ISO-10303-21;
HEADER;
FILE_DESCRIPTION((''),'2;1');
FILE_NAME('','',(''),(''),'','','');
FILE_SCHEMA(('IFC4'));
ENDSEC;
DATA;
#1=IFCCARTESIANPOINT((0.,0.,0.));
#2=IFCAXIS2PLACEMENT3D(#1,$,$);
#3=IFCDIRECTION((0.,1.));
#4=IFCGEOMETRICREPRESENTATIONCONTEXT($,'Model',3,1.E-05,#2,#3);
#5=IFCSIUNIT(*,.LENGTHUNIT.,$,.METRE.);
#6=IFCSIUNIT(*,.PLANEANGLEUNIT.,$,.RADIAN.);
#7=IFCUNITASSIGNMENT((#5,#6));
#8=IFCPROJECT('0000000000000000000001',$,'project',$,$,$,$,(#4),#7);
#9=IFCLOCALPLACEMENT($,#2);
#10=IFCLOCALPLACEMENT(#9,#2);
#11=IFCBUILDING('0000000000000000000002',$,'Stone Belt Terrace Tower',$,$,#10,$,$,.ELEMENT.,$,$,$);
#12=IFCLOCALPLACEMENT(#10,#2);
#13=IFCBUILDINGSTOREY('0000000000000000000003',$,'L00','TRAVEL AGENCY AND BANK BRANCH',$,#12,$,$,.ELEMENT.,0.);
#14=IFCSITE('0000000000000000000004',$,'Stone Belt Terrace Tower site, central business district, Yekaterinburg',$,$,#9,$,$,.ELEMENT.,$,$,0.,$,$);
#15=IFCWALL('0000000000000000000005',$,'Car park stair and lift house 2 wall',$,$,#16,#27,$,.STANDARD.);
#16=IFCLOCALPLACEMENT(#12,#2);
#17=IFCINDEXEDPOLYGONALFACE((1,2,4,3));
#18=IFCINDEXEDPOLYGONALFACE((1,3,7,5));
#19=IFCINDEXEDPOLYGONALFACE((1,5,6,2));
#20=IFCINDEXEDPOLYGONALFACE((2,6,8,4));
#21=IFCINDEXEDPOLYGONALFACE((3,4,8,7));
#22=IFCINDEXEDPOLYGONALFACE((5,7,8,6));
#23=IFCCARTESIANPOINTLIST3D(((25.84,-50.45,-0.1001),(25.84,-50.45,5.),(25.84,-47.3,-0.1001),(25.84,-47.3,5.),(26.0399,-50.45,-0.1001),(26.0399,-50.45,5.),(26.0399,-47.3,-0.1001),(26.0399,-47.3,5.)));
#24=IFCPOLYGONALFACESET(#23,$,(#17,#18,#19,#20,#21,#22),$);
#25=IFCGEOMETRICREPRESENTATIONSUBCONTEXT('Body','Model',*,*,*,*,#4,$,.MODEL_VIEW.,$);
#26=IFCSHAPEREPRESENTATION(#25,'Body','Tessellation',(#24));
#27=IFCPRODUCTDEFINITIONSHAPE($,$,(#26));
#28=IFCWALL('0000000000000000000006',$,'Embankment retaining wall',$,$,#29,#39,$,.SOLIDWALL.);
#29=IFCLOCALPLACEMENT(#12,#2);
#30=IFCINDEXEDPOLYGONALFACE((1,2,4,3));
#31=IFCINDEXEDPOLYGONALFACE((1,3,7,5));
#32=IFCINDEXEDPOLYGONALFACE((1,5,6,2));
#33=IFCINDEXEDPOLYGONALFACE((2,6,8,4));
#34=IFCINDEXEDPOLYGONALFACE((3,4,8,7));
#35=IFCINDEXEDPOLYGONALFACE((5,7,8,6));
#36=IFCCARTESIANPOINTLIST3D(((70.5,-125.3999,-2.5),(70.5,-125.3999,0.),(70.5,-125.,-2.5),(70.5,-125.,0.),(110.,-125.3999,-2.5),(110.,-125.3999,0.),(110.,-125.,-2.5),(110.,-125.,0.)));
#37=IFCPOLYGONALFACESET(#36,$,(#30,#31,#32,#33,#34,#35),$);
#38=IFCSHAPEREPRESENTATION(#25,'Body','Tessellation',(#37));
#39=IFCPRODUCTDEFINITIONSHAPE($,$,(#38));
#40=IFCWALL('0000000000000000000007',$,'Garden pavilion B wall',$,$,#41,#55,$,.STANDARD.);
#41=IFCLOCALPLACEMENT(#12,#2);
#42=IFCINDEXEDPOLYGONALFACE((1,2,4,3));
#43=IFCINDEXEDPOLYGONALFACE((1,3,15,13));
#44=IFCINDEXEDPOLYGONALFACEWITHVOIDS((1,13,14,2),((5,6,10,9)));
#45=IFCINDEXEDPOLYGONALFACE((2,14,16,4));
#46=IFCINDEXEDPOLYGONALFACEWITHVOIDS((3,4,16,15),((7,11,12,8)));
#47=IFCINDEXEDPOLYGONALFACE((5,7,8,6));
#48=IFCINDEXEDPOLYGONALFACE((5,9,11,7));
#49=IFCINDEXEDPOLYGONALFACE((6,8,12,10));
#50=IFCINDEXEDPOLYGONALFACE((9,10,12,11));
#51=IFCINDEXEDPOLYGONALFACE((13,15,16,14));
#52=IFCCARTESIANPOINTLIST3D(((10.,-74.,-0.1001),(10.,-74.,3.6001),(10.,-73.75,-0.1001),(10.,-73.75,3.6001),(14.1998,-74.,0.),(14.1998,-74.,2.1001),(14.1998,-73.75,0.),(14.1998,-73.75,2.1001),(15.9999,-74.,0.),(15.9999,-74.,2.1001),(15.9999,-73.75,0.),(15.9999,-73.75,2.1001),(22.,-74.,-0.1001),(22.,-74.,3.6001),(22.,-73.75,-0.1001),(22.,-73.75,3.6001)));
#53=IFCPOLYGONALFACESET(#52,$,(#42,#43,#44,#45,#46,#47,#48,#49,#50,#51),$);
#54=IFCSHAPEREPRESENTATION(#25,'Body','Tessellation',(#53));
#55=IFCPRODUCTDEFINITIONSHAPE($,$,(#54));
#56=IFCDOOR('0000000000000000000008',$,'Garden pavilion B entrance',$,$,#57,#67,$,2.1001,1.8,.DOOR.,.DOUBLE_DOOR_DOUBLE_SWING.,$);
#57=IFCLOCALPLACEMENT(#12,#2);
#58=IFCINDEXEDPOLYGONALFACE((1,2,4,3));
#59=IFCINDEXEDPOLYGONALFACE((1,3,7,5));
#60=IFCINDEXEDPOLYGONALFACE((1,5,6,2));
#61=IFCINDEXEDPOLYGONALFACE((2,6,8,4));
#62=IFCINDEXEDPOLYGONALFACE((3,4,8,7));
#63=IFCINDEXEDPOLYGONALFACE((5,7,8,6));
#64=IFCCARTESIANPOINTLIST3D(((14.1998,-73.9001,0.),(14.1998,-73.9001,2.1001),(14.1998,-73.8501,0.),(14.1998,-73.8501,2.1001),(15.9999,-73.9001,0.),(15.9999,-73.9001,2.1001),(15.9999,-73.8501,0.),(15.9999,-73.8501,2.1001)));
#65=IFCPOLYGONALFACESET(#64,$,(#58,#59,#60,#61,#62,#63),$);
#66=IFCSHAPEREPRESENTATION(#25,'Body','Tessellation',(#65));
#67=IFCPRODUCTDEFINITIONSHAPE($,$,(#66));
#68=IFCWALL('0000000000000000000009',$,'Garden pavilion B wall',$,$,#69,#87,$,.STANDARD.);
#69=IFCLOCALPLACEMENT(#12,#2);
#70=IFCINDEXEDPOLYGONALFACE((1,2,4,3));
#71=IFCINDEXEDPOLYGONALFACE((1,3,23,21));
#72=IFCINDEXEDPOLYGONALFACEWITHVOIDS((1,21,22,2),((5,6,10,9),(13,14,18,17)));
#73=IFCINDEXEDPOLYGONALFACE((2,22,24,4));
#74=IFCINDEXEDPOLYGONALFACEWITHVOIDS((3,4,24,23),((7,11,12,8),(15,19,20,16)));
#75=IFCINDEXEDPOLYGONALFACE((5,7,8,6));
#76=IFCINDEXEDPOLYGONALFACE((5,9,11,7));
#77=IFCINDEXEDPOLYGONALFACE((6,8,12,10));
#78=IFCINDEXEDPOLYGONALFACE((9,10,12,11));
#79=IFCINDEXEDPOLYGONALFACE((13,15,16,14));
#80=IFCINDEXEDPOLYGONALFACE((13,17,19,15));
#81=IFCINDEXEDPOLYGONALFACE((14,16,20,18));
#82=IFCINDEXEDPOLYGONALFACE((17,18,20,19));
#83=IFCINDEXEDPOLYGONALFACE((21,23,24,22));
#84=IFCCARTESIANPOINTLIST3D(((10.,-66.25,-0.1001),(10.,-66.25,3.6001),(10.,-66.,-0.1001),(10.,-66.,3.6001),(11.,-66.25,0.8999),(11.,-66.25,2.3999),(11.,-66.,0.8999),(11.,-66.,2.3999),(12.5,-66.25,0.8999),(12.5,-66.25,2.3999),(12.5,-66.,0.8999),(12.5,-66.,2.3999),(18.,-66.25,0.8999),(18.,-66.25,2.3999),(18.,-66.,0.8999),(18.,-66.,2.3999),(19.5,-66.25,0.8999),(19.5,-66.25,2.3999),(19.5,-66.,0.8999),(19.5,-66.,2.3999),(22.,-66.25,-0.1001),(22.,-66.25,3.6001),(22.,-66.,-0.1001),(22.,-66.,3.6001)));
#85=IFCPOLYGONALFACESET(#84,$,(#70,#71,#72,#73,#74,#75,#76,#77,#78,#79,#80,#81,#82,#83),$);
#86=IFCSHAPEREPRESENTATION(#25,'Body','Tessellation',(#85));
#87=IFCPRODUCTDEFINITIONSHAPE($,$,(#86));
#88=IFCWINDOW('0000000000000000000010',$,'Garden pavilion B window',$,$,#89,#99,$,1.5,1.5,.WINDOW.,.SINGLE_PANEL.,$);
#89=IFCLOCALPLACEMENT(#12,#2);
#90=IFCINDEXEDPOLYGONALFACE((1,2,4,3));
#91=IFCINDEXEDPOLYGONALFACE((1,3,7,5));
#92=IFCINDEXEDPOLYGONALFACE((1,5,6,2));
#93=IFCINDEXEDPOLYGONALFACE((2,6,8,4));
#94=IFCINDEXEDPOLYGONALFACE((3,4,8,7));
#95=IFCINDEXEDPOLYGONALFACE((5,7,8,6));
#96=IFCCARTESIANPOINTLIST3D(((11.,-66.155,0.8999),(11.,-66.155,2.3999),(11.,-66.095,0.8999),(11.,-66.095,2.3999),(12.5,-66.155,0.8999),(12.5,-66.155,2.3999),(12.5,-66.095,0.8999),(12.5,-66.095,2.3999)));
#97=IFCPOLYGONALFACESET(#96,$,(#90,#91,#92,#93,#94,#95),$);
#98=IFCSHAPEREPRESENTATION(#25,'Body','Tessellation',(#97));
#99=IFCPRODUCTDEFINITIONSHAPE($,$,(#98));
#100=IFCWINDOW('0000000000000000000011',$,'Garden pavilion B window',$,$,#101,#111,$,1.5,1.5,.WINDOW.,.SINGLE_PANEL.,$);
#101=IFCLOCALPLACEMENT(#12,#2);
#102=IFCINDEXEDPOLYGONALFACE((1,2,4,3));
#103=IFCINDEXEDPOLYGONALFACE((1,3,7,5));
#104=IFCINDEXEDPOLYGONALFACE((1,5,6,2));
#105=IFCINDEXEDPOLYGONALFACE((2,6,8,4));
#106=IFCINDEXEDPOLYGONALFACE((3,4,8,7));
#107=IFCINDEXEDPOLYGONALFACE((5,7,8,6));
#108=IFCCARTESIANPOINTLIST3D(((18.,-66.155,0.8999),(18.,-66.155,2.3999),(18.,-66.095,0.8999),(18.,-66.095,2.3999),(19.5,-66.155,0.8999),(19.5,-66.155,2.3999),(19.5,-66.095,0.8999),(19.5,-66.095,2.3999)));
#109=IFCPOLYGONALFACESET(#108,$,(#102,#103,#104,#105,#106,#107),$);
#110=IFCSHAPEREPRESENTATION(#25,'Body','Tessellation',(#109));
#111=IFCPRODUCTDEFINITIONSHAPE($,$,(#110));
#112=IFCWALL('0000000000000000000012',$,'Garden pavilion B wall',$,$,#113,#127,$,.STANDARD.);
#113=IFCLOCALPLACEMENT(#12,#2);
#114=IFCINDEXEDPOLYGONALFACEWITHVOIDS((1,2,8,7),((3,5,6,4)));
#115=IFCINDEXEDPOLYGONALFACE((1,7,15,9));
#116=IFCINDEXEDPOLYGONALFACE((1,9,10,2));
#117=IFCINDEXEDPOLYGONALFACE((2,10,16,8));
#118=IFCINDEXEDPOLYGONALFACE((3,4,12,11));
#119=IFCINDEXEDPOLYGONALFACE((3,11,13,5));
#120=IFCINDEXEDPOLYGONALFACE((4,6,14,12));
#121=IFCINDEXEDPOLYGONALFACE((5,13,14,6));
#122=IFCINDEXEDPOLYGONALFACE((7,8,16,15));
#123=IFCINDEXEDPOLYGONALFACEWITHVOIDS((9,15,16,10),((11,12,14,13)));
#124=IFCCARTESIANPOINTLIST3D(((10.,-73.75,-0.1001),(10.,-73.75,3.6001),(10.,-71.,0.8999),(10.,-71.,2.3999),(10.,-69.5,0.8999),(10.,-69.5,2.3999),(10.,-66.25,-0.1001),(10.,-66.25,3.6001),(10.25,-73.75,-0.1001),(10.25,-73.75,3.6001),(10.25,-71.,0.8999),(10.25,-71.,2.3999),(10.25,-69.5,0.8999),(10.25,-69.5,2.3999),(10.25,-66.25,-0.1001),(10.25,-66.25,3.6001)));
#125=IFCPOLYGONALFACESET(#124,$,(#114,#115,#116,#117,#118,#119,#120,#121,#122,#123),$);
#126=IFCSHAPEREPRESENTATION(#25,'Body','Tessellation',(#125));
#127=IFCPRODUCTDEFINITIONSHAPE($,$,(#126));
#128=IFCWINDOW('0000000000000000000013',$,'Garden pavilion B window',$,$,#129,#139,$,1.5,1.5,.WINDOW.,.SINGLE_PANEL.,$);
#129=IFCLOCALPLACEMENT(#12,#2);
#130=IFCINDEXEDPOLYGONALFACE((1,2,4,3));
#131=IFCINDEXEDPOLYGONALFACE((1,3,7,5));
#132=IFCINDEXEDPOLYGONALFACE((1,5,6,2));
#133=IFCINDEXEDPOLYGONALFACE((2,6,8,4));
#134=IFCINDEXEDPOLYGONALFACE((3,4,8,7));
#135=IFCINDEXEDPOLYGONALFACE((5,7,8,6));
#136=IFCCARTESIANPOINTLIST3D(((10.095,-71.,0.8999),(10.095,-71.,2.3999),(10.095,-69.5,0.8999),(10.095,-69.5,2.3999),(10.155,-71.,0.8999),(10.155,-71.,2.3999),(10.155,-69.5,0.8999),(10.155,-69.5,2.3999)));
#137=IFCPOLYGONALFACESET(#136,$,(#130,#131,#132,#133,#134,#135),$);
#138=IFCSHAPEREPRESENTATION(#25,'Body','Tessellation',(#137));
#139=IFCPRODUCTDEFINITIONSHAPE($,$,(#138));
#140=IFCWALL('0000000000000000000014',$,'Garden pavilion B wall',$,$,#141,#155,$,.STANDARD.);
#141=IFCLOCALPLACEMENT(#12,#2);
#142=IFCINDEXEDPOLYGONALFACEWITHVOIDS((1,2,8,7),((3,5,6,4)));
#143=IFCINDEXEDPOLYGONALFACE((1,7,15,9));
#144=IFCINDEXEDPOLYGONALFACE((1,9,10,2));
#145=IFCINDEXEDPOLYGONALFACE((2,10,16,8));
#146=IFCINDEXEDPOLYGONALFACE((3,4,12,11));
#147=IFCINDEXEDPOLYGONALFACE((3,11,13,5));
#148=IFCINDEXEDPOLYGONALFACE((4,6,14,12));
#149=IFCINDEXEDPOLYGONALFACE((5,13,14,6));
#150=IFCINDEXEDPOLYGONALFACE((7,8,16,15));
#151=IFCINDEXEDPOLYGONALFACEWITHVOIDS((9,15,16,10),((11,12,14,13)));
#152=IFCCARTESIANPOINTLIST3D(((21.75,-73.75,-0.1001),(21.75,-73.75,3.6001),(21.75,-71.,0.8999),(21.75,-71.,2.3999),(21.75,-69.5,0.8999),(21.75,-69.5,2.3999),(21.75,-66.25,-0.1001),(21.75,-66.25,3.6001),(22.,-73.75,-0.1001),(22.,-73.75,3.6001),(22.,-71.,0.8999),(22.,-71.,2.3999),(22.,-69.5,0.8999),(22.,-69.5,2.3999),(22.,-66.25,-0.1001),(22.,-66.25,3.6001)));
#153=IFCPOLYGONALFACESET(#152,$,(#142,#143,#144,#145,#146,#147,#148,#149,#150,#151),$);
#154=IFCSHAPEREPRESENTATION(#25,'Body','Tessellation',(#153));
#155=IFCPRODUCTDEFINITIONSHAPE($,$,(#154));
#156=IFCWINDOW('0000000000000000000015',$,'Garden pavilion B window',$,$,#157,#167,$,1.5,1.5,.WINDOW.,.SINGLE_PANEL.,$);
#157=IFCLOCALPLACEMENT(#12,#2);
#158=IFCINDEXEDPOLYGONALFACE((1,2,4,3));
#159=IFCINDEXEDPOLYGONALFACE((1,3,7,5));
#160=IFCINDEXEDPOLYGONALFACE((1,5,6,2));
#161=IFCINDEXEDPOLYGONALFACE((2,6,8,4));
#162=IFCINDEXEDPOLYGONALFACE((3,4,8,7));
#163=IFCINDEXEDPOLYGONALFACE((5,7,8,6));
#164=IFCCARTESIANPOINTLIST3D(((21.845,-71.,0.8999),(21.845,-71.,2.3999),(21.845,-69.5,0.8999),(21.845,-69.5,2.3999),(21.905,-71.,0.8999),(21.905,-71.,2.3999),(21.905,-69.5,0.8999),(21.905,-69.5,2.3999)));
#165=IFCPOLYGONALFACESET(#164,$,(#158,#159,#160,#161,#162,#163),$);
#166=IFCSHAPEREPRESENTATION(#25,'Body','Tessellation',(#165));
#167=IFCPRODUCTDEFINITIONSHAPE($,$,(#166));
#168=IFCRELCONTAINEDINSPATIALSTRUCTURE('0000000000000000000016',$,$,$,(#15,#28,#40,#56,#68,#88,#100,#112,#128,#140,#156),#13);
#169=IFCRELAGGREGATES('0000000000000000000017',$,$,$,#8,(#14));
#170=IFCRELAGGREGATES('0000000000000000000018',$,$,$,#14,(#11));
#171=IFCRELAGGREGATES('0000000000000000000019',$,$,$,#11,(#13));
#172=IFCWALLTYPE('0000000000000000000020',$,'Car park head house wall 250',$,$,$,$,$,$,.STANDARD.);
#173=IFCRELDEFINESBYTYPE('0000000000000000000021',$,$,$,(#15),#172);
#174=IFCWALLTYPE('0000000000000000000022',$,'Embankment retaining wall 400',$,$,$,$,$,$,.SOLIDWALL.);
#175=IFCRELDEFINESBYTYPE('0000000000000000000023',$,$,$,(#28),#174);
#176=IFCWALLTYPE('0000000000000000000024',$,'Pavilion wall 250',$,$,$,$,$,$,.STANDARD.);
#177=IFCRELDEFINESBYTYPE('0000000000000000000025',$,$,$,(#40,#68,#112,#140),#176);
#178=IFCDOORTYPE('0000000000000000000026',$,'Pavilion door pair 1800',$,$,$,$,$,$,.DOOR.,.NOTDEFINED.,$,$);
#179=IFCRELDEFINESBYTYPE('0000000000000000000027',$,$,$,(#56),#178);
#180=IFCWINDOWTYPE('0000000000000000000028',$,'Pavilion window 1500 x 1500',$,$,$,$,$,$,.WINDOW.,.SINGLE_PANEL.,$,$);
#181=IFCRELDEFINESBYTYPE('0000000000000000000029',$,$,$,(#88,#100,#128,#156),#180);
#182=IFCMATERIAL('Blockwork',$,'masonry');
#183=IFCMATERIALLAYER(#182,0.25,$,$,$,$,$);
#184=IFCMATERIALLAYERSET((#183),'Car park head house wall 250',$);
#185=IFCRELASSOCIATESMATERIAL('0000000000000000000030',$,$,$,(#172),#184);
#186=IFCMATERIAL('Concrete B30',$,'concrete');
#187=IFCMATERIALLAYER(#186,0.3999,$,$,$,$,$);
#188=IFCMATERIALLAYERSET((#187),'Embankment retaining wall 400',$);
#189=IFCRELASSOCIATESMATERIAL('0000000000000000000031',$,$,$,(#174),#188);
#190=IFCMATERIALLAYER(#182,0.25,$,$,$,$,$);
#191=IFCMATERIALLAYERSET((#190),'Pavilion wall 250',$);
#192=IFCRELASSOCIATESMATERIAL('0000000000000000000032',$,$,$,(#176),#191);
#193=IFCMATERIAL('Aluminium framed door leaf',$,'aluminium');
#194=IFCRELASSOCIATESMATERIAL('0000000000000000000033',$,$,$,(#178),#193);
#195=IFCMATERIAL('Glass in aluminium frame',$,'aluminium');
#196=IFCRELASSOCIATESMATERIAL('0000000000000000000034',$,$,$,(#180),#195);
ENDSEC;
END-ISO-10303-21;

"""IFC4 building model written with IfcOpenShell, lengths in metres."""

from ifc_helpers import new_model, si_unit, direction, frame, frame_2d, origin, place, context, subcontext, project, spatial, rectangle, extrude, material, layer, layer_set, type_object, element, fill, save


model = new_model("IFC4")

# Units and contexts
model_context = context("Model", 3, precision=1e-05, world=origin(), true_north=direction((0.0, 1.0)))
body_context = subcontext(model_context, "Body", "Model", "MODEL_VIEW")
ifc_project = project(units=[si_unit("LENGTHUNIT", "METRE"), si_unit("PLANEANGLEUNIT", "RADIAN")], contexts=[model_context])

# Site, building, storey
site_placement = place(None, origin())
site = spatial("IfcSite", under=ifc_project, at=site_placement, Name="Stone Belt Terrace Tower site, central business district, Yekaterinburg", CompositionType="ELEMENT", RefElevation=0.0)
building_placement = place(site_placement, origin())
building = spatial("IfcBuilding", under=site, at=building_placement, Name="Stone Belt Terrace Tower", CompositionType="ELEMENT")
storey_placement = place(building_placement, origin())
storey = spatial("IfcBuildingStorey", under=building, at=storey_placement, Name="L00", Description="TRAVEL AGENCY AND BANK BRANCH", CompositionType="ELEMENT", Elevation=0.0)

# Shared definitions
ifc_material_1 = material(Name="Concrete B30", Category="concrete")

# Shared definitions
ifc_material_2 = material(Name="Blockwork", Category="masonry")
ifc_layer_1 = layer(ifc_material_2, 0.25)
ifc_layer_set_1 = layer_set([ifc_layer_1], Name="Car park head house wall 250")
wall_type_1 = type_object("IfcWallType", Name="Car park head house wall 250", PredefinedType="STANDARD", material=ifc_layer_set_1)
ifc_material_3 = material(Name="Glass in aluminium frame", Category="aluminium")

# Walls
wall_1_placement = place(storey_placement, frame((25.9399, -50.45, -0.1001), z_axis=(0.0, 0.0, 1.0), x_axis=(0.0, 1.0, 0.0)))
element("IfcWall", 1, at=wall_1_placement, inside=storey, type_object=wall_type_1, Name="Car park stair and lift house 2 wall", PredefinedType="STANDARD", context=body_context, shape_type="SweptSolid", body=[
    extrude(rectangle(XDim=3.1499, YDim=0.2, at=frame_2d((1.575, 0.0))), origin(), (0.0, 0.0, 1.0), 5.1001),
])
ifc_layer_2 = layer(ifc_material_1, 0.3999)
ifc_layer_set_2 = layer_set([ifc_layer_2], Name="Embankment retaining wall 400")
wall_type_2 = type_object("IfcWallType", Name="Embankment retaining wall 400", PredefinedType="SOLIDWALL", material=ifc_layer_set_2)
wall_2_placement = place(storey_placement, frame((70.5, -125.2, -2.5), z_axis=(0.0, 0.0, 1.0), x_axis=(1.0, 0.0, 0.0)))
element("IfcWall", 2, at=wall_2_placement, inside=storey, type_object=wall_type_2, Name="Embankment retaining wall", PredefinedType="SOLIDWALL", context=body_context, shape_type="SweptSolid", body=[
    extrude(rectangle(XDim=39.5, YDim=0.3999, at=frame_2d((19.75, 0.0))), origin(), (0.0, 0.0, 1.0), 2.5),
])

# Wall, opening, door
ifc_layer_3 = layer(ifc_material_2, 0.25)
ifc_layer_set_3 = layer_set([ifc_layer_3], Name="Pavilion wall 250")
wall_type_3 = type_object("IfcWallType", Name="Pavilion wall 250", PredefinedType="STANDARD", material=ifc_layer_set_3)
wall_3_placement = place(storey_placement, frame((10.0, -73.875, -0.1001), z_axis=(0.0, 0.0, 1.0), x_axis=(1.0, 0.0, 0.0)))
wall_3 = element("IfcWall", 3, at=wall_3_placement, inside=storey, type_object=wall_type_3, Name="Garden pavilion B wall", PredefinedType="STANDARD", context=body_context, shape_type="SweptSolid", body=[
    extrude(rectangle(XDim=12.0, YDim=0.25, at=frame_2d((6.0, 0.0))), origin(), (0.0, 0.0, 1.0), 3.7002),
])
opening_1_placement = place(wall_3_placement, frame((4.2, 0.0, 0.1001)))
opening_1 = element("IfcOpeningElement", 4, at=opening_1_placement, cuts=wall_3, PredefinedType="OPENING", context=body_context, shape_type="SweptSolid", body=[
    extrude(rectangle(XDim=1.8, YDim=2.1001, at=frame_2d((0.8999, 1.05))), frame((0.0, 0.135, 0.0), z_axis=(0.0, -1.0, 0.0), x_axis=(1.0, 0.0, 0.0)), (0.0, 0.0, 1.0), 0.27),
])
ifc_material_4 = material(Name="Aluminium framed door leaf", Category="aluminium")
door_type_1 = type_object("IfcDoorType", Name="Pavilion door pair 1800", OperationType="NOTDEFINED", PredefinedType="DOOR", material=ifc_material_4)
door_1_placement = place(opening_1_placement, origin())
door_1 = element("IfcDoor", 5, at=door_1_placement, inside=storey, type_object=door_type_1, Name="Garden pavilion B entrance", OperationType="DOUBLE_DOOR_DOUBLE_SWING", OverallHeight=2.1001, OverallWidth=1.8, PredefinedType="DOOR", context=body_context, shape_type="SweptSolid", body=[
    extrude(rectangle(XDim=1.8, YDim=2.1001, at=frame_2d((0.8999, 1.05))), frame((0.0, 0.0249, 0.0), z_axis=(0.0, -1.0, 0.0), x_axis=(1.0, 0.0, 0.0)), (0.0, 0.0, 1.0), 0.05),
])
fill(opening_1, door_1)

# Wall, openings, windows
wall_4_placement = place(storey_placement, frame((10.0, -66.125, -0.1001), z_axis=(0.0, 0.0, 1.0), x_axis=(1.0, 0.0, 0.0)))
wall_4 = element("IfcWall", 6, at=wall_4_placement, inside=storey, type_object=wall_type_3, Name="Garden pavilion B wall", PredefinedType="STANDARD", context=body_context, shape_type="SweptSolid", body=[
    extrude(rectangle(XDim=12.0, YDim=0.25, at=frame_2d((6.0, 0.0))), origin(), (0.0, 0.0, 1.0), 3.7002),
])
opening_2_placement = place(wall_4_placement, frame((1.0, 0.0, 1.0)))
opening_2 = element("IfcOpeningElement", 7, at=opening_2_placement, cuts=wall_4, PredefinedType="OPENING", context=body_context, shape_type="SweptSolid", body=[
    extrude(rectangle(XDim=1.5, YDim=1.5, at=frame_2d((0.75, 0.75))), frame((0.0, 0.135, 0.0), z_axis=(0.0, -1.0, 0.0), x_axis=(1.0, 0.0, 0.0)), (0.0, 0.0, 1.0), 0.27),
])
opening_3_placement = place(wall_4_placement, frame((8.0, 0.0, 1.0)))
opening_3 = element("IfcOpeningElement", 8, at=opening_3_placement, cuts=wall_4, PredefinedType="OPENING", context=body_context, shape_type="SweptSolid", body=[
    extrude(rectangle(XDim=1.5, YDim=1.5, at=frame_2d((0.75, 0.75))), frame((0.0, 0.135, 0.0), z_axis=(0.0, -1.0, 0.0), x_axis=(1.0, 0.0, 0.0)), (0.0, 0.0, 1.0), 0.27),
])
window_type_1 = type_object("IfcWindowType", Name="Pavilion window 1500 x 1500", PartitioningType="SINGLE_PANEL", PredefinedType="WINDOW", material=ifc_material_3)
window_1_placement = place(opening_2_placement, origin())
window_1 = element("IfcWindow", 9, at=window_1_placement, inside=storey, type_object=window_type_1, Name="Garden pavilion B window", OverallHeight=1.5, OverallWidth=1.5, PartitioningType="SINGLE_PANEL", PredefinedType="WINDOW", context=body_context, shape_type="SweptSolid", body=[
    extrude(rectangle(XDim=1.5, YDim=1.5, at=frame_2d((0.75, 0.75))), frame((0.0, 0.03, 0.0), z_axis=(0.0, -1.0, 0.0), x_axis=(1.0, 0.0, 0.0)), (0.0, 0.0, 1.0), 0.0601),
])
fill(opening_2, window_1)
window_2_placement = place(opening_3_placement, origin())
window_2 = element("IfcWindow", 10, at=window_2_placement, inside=storey, type_object=window_type_1, Name="Garden pavilion B window", OverallHeight=1.5, OverallWidth=1.5, PartitioningType="SINGLE_PANEL", PredefinedType="WINDOW", context=body_context, shape_type="SweptSolid", body=[
    extrude(rectangle(XDim=1.5, YDim=1.5, at=frame_2d((0.75, 0.75))), frame((0.0, 0.03, 0.0), z_axis=(0.0, -1.0, 0.0), x_axis=(1.0, 0.0, 0.0)), (0.0, 0.0, 1.0), 0.0601),
])
fill(opening_3, window_2)

# Walls, openings, windows
wall_5_placement = place(storey_placement, frame((10.125, -73.75, -0.1001), z_axis=(0.0, 0.0, 1.0), x_axis=(0.0, 1.0, 0.0)))
wall_5 = element("IfcWall", 11, at=wall_5_placement, inside=storey, type_object=wall_type_3, Name="Garden pavilion B wall", PredefinedType="STANDARD", context=body_context, shape_type="SweptSolid", body=[
    extrude(rectangle(XDim=7.5, YDim=0.25, at=frame_2d((3.75, 0.0))), origin(), (0.0, 0.0, 1.0), 3.7002),
])
opening_4_placement = place(wall_5_placement, frame((2.75, 0.0, 1.0)))
opening_4 = element("IfcOpeningElement", 12, at=opening_4_placement, cuts=wall_5, PredefinedType="OPENING", context=body_context, shape_type="SweptSolid", body=[
    extrude(rectangle(XDim=1.5, YDim=1.5, at=frame_2d((0.75, 0.75))), frame((0.0, 0.135, 0.0), z_axis=(0.0, -1.0, 0.0), x_axis=(1.0, 0.0, 0.0)), (0.0, 0.0, 1.0), 0.27),
])
window_3_placement = place(opening_4_placement, origin())
window_3 = element("IfcWindow", 13, at=window_3_placement, inside=storey, type_object=window_type_1, Name="Garden pavilion B window", OverallHeight=1.5, OverallWidth=1.5, PartitioningType="SINGLE_PANEL", PredefinedType="WINDOW", context=body_context, shape_type="SweptSolid", body=[
    extrude(rectangle(XDim=1.5, YDim=1.5, at=frame_2d((0.75, 0.75))), frame((0.0, 0.03, 0.0), z_axis=(0.0, -1.0, 0.0), x_axis=(1.0, 0.0, 0.0)), (0.0, 0.0, 1.0), 0.0601),
])
fill(opening_4, window_3)
wall_6_placement = place(storey_placement, frame((21.875, -73.75, -0.1001), z_axis=(0.0, 0.0, 1.0), x_axis=(0.0, 1.0, 0.0)))
wall_6 = element("IfcWall", 14, at=wall_6_placement, inside=storey, type_object=wall_type_3, Name="Garden pavilion B wall", PredefinedType="STANDARD", context=body_context, shape_type="SweptSolid", body=[
    extrude(rectangle(XDim=7.5, YDim=0.25, at=frame_2d((3.75, 0.0))), origin(), (0.0, 0.0, 1.0), 3.7002),
])
opening_5_placement = place(wall_6_placement, frame((2.75, 0.0, 1.0)))
opening_5 = element("IfcOpeningElement", 15, at=opening_5_placement, cuts=wall_6, PredefinedType="OPENING", context=body_context, shape_type="SweptSolid", body=[
    extrude(rectangle(XDim=1.5, YDim=1.5, at=frame_2d((0.75, 0.75))), frame((0.0, 0.135, 0.0), z_axis=(0.0, -1.0, 0.0), x_axis=(1.0, 0.0, 0.0)), (0.0, 0.0, 1.0), 0.27),
])
window_4_placement = place(opening_5_placement, origin())
window_4 = element("IfcWindow", 16, at=window_4_placement, inside=storey, type_object=window_type_1, Name="Garden pavilion B window", OverallHeight=1.5, OverallWidth=1.5, PartitioningType="SINGLE_PANEL", PredefinedType="WINDOW", context=body_context, shape_type="SweptSolid", body=[
    extrude(rectangle(XDim=1.5, YDim=1.5, at=frame_2d((0.75, 0.75))), frame((0.0, 0.03, 0.0), z_axis=(0.0, -1.0, 0.0), x_axis=(1.0, 0.0, 0.0)), (0.0, 0.0, 1.0), 0.0601),
])
fill(opening_5, window_4)

save(model, "model.ifc")
